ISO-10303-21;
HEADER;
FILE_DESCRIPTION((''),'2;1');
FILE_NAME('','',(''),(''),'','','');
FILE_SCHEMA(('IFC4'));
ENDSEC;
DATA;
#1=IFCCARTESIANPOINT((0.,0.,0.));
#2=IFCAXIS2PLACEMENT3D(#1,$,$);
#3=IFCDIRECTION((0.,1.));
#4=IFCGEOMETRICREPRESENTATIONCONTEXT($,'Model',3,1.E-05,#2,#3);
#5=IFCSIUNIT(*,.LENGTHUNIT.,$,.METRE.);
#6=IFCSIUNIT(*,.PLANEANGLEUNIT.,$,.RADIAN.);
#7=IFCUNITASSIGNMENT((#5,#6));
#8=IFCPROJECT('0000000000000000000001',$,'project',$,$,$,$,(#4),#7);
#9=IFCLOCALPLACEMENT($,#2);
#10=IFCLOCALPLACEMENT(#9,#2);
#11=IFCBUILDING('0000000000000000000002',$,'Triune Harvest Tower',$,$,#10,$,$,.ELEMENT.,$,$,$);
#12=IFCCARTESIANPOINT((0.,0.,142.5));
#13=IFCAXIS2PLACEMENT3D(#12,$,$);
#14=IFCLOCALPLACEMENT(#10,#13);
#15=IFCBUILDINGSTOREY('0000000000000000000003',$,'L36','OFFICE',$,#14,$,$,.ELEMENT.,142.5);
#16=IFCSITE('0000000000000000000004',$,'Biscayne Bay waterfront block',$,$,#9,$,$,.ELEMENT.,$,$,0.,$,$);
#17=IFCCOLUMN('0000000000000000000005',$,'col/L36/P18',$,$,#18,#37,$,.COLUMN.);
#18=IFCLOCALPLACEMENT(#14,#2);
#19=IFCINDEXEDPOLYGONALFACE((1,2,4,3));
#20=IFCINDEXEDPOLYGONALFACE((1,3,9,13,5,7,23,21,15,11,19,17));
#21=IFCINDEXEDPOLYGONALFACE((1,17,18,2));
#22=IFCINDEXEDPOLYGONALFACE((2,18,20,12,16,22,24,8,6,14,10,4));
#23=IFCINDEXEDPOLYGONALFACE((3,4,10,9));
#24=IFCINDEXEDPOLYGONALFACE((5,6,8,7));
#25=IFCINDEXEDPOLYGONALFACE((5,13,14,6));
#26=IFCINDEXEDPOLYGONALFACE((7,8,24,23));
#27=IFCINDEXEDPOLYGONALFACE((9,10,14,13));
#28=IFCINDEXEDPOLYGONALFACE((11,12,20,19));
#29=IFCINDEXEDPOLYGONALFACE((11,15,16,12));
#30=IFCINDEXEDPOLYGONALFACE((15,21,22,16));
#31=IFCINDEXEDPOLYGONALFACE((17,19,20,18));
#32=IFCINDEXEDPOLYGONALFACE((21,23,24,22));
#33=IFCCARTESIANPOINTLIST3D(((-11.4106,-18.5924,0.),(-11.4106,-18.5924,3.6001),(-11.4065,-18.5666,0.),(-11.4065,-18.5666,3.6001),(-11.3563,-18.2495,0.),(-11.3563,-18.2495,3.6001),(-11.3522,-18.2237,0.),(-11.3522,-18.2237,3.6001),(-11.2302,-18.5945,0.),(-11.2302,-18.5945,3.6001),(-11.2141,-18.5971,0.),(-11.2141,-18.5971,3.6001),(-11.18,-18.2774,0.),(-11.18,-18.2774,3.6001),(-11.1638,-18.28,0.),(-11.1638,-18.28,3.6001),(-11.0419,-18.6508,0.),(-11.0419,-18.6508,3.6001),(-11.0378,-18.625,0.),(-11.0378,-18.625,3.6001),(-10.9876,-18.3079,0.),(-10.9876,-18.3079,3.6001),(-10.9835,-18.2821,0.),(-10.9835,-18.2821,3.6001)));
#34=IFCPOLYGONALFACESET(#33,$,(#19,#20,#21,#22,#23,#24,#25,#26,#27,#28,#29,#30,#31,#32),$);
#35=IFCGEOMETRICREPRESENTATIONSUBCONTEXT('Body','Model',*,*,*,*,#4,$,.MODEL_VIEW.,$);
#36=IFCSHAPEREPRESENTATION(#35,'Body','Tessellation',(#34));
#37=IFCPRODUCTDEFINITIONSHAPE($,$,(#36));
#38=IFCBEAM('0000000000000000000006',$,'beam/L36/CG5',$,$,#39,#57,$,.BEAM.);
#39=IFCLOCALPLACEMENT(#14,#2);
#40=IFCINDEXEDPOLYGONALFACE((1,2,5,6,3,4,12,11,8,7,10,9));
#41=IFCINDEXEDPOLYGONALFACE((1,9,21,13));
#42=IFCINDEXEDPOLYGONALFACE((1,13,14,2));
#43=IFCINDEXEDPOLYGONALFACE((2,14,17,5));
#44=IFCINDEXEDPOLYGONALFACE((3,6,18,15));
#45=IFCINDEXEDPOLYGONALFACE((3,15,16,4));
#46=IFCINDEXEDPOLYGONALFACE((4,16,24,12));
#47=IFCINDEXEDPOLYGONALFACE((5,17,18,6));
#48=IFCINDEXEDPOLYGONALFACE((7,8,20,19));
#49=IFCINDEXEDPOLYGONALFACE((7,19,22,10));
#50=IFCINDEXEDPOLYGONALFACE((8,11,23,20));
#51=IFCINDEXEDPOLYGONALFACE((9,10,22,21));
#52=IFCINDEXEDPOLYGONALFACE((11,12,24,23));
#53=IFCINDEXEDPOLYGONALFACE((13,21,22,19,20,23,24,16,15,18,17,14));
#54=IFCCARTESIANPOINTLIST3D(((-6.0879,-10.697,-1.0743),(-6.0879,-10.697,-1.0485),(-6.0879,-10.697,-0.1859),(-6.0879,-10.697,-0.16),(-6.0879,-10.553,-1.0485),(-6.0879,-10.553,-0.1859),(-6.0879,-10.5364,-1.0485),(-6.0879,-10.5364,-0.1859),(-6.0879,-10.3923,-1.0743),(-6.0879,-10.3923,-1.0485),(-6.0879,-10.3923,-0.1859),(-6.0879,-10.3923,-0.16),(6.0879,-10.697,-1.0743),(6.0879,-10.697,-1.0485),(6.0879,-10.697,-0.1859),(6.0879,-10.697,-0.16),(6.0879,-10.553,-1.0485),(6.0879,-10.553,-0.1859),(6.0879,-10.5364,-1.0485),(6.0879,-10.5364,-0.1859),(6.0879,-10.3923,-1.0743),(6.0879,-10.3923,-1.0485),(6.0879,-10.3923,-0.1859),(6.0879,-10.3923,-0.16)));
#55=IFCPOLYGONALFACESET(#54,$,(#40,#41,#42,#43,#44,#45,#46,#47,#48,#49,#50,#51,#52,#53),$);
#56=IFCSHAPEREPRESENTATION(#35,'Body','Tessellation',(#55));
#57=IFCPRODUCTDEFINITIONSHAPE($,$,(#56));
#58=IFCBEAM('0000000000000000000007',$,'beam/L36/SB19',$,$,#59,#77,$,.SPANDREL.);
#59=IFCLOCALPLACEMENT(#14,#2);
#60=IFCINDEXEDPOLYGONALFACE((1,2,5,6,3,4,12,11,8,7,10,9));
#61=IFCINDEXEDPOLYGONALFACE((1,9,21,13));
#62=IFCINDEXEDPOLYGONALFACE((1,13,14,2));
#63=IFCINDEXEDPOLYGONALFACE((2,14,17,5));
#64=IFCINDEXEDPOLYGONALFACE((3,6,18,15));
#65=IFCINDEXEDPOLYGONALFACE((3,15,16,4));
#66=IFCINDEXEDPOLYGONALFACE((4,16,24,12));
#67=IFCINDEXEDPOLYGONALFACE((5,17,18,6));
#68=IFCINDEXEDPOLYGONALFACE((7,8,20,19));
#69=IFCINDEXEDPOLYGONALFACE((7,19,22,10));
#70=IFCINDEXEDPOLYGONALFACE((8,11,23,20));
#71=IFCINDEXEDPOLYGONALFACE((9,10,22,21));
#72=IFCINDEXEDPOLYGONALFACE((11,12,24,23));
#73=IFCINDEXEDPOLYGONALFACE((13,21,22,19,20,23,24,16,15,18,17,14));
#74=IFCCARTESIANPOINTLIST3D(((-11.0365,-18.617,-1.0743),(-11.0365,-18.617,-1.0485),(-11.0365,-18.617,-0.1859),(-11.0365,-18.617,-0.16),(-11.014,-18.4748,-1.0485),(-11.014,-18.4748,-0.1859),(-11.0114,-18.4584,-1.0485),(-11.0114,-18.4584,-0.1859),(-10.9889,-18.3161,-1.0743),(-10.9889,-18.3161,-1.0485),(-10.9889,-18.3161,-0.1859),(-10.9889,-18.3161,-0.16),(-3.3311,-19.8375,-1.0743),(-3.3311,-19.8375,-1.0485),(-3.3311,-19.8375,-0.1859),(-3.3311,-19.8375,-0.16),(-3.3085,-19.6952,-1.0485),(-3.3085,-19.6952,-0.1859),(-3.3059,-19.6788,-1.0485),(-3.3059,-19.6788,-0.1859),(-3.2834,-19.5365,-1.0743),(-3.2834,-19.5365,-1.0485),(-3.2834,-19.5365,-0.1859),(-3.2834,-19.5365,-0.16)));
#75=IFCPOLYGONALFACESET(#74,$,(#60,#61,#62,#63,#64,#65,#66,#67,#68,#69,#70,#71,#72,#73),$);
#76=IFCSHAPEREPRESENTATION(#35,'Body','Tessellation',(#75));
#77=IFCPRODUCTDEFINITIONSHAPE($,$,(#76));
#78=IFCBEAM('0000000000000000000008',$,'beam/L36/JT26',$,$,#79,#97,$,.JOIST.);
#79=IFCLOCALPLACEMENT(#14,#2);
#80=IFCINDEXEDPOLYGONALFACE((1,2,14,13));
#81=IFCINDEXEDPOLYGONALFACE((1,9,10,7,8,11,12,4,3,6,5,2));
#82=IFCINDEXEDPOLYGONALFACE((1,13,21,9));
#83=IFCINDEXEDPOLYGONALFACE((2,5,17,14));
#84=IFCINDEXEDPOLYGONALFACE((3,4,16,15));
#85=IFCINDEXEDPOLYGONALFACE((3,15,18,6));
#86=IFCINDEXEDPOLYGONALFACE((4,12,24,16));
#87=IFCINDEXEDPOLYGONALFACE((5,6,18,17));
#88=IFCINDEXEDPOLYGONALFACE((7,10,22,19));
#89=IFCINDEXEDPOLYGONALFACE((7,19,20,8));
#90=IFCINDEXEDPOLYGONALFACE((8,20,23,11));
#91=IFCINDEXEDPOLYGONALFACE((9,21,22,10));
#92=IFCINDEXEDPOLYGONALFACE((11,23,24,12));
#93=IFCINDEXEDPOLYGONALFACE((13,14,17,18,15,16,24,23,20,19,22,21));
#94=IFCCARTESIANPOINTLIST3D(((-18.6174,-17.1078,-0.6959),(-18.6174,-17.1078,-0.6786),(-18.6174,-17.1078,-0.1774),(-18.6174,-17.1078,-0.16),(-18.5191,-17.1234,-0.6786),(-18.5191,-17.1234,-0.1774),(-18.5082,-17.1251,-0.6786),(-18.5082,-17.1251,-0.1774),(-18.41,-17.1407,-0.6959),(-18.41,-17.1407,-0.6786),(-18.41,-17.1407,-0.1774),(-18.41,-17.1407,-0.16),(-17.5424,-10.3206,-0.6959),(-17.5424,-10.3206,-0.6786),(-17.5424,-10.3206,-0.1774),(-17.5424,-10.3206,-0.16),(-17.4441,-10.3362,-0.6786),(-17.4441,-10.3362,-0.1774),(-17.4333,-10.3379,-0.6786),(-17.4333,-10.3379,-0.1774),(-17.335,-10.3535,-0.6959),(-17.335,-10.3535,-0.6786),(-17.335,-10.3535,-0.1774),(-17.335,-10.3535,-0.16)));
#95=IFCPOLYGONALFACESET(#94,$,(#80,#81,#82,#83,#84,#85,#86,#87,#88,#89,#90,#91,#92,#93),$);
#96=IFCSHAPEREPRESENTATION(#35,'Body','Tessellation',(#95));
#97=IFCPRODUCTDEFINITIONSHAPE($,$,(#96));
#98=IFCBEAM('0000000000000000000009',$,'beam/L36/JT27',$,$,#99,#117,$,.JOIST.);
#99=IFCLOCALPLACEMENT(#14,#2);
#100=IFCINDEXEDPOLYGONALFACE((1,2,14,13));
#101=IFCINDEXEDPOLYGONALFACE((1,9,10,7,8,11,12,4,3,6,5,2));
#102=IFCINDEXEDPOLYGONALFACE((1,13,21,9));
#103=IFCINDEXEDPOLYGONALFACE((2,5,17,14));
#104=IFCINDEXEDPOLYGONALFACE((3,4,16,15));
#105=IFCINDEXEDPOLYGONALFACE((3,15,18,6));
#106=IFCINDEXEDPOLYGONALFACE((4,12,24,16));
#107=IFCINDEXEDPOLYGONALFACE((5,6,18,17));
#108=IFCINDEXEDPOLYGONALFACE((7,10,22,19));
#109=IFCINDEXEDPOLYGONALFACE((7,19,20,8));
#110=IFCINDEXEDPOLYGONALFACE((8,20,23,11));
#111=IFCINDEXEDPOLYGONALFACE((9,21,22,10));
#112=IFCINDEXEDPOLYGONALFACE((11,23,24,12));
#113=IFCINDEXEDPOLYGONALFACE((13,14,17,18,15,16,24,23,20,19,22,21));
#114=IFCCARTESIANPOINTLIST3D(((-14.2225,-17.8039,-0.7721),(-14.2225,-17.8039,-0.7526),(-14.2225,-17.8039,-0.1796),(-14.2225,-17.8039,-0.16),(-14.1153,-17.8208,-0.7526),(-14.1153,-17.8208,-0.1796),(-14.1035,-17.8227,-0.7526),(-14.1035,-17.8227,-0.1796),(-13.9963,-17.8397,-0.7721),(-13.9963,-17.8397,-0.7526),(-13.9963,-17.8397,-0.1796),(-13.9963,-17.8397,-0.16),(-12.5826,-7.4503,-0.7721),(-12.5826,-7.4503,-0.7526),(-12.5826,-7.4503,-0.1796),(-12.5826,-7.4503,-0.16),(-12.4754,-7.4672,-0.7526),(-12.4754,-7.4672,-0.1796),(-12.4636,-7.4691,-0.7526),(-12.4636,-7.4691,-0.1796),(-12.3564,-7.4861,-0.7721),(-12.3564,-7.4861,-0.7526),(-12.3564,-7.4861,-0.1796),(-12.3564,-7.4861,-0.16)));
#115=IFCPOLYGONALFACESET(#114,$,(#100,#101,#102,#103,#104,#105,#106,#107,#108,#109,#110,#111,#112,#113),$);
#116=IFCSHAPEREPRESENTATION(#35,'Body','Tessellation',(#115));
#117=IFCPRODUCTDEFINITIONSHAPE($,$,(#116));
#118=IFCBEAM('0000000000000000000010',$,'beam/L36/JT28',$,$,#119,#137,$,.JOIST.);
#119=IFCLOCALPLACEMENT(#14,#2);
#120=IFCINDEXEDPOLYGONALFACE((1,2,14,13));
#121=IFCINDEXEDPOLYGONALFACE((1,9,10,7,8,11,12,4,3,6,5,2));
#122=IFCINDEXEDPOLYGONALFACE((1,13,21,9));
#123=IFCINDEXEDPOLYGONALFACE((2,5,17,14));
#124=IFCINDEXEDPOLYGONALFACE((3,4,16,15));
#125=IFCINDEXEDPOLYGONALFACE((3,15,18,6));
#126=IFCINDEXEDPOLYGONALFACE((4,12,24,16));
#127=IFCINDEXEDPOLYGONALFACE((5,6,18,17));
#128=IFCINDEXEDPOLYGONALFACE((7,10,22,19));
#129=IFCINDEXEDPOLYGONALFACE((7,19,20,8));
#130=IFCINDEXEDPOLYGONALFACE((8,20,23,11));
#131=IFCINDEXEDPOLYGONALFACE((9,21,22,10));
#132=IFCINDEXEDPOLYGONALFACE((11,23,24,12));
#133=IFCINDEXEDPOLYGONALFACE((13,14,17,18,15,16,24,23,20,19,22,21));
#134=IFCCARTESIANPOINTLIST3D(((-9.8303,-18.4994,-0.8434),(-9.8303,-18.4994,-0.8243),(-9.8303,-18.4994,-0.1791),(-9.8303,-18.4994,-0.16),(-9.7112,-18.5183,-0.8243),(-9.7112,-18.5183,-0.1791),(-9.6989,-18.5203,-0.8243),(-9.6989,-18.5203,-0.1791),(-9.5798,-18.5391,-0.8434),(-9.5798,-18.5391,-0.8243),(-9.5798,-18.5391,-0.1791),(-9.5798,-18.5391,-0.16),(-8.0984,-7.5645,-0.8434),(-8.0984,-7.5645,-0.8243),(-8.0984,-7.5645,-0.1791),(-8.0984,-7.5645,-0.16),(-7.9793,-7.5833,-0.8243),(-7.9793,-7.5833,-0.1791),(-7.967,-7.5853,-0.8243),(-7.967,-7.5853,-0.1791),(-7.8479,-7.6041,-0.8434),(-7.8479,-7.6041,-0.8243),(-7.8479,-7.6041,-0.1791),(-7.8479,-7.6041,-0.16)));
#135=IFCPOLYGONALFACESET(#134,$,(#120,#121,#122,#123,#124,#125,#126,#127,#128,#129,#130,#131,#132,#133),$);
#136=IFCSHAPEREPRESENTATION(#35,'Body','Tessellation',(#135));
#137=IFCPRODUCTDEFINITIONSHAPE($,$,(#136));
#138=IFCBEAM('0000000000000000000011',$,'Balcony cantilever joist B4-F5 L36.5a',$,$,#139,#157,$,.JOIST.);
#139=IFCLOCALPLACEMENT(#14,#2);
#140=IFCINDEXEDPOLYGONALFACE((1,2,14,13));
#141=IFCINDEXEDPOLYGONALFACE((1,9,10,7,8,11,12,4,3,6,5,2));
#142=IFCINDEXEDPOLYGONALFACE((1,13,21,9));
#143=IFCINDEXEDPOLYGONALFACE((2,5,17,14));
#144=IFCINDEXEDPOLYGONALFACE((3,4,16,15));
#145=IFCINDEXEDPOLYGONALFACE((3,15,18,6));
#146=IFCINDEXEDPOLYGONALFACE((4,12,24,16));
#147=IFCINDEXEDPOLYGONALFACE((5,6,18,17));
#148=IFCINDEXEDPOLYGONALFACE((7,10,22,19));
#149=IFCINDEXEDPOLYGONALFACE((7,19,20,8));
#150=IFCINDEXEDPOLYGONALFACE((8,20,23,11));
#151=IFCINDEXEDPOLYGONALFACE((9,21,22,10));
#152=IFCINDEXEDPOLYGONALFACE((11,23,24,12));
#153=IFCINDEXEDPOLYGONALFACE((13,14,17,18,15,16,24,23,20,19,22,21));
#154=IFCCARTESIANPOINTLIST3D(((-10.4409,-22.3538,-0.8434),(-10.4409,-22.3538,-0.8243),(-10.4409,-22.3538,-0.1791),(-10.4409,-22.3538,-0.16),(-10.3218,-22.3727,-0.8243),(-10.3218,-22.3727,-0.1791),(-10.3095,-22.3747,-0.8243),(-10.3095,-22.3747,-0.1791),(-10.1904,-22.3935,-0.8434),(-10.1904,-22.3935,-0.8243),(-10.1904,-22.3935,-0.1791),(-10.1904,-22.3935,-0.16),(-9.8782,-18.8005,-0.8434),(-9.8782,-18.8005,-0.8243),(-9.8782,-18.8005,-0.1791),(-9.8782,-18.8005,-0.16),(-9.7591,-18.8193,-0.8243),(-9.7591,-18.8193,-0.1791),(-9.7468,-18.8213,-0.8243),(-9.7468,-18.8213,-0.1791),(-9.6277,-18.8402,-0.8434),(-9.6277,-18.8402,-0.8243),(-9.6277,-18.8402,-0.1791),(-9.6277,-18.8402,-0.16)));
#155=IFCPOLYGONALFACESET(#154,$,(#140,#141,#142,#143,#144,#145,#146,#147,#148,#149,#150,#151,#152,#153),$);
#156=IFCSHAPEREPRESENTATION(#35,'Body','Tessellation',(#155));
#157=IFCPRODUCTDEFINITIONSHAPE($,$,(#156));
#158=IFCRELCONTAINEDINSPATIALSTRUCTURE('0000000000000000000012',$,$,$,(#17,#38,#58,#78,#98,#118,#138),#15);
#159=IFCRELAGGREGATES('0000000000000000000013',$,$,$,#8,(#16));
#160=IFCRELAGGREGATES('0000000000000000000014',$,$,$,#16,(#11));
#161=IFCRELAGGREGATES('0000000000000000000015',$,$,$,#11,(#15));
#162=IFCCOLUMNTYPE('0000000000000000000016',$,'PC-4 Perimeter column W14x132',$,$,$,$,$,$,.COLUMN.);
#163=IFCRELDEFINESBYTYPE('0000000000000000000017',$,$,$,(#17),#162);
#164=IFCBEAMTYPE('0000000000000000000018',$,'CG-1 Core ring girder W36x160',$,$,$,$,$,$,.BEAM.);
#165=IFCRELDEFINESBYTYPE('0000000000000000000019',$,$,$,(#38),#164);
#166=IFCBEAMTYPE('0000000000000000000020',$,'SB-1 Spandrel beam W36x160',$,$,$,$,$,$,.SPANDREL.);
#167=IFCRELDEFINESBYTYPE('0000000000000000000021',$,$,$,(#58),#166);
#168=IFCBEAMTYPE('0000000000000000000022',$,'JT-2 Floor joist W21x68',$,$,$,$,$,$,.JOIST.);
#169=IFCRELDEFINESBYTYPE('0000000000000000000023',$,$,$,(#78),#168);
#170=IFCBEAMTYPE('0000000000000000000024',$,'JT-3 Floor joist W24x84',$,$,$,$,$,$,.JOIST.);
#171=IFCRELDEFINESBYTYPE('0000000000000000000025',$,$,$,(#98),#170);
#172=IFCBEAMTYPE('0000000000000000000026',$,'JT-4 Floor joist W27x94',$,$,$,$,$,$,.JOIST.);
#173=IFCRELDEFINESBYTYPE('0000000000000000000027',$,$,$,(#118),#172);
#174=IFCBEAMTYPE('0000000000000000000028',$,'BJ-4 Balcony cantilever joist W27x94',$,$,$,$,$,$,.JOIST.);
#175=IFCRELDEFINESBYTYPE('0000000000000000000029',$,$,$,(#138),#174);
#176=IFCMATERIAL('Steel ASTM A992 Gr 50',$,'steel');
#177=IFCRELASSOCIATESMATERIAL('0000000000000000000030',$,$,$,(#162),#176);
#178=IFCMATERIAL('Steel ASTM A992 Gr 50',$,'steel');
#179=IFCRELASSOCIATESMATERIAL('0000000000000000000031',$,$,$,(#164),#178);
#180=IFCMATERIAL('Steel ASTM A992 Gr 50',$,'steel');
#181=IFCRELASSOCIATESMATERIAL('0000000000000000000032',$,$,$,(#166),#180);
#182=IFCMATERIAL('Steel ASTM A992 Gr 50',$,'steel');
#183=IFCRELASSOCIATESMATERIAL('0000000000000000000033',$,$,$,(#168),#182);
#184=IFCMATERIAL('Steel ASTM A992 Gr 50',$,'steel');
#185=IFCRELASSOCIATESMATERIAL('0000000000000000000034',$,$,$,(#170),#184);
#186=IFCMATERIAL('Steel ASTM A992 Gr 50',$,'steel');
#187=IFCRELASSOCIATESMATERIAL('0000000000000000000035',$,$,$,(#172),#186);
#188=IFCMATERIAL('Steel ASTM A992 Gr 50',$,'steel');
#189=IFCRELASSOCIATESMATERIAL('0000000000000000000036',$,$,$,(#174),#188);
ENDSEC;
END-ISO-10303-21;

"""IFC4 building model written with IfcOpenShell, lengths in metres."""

from ifc_helpers import new_model, si_unit, direction, frame, origin, origin_2d, place, context, subcontext, project, spatial, i_section, extrude, source, transform, mapped, material, material_profile, profile_set, type_object, element, save


model = new_model("IFC4")

# Units and contexts
model_context = context("Model", 3, precision=1e-05, world=origin(), true_north=direction((0.0, 1.0)))
body_context = subcontext(model_context, "Body", "Model", "MODEL_VIEW")
ifc_project = project(units=[si_unit("LENGTHUNIT", "METRE"), si_unit("PLANEANGLEUNIT", "RADIAN")], contexts=[model_context])

# Site, building, storey
site_placement = place(None, origin())
site = spatial("IfcSite", under=ifc_project, at=site_placement, Name="Biscayne Bay waterfront block", CompositionType="ELEMENT", RefElevation=0.0)
building_placement = place(site_placement, origin())
building = spatial("IfcBuilding", under=site, at=building_placement, Name="Triune Harvest Tower", CompositionType="ELEMENT")
storey_placement = place(building_placement, frame((0.0, 0.0, 142.5)))
storey = spatial("IfcBuildingStorey", under=building, at=storey_placement, Name="L36", Description="OFFICE", CompositionType="ELEMENT", Elevation=142.5)

# Column
ifc_material_1 = material(Name="Steel ASTM A992 Gr 50", Category="steel")
ifc_material_profile_1 = material_profile(ifc_material_1, i_section(OverallWidth=0.3733, OverallDepth=0.3733, WebThickness=0.0164, FlangeThickness=0.0261, at=origin_2d()), Name="W14x132")
ifc_profile_set_1 = profile_set([ifc_material_profile_1], Name="Steel ASTM A992 Gr 50")
column_type = type_object("IfcColumnType", Name="PC-4 Perimeter column W14x132", PredefinedType="COLUMN", material=ifc_profile_set_1)
shared_shape_1 = source(origin(), body_context, "Body", "SweptSolid", [
    extrude(i_section(OverallWidth=0.3733, OverallDepth=0.3733, WebThickness=0.0164, FlangeThickness=0.0261, at=origin_2d()), origin(), (0.0, 0.0, 1.0), 3.6001),
])
column_placement = place(storey_placement, frame((-11.197, -18.4373, 0.0), z_axis=(0.0, 0.0, 1.0), x_axis=(0.987688, -0.156434, 0.0)))
element("IfcColumn", 1, at=column_placement, inside=storey, type_object=column_type, Name="col/L36/P18", PredefinedType="COLUMN", context=body_context, shape_type="MappedRepresentation", body=[
    mapped(shared_shape_1, transform((0.0, 0.0, 0.0), scale=1.0)),
])

# Beams
ifc_material_2 = material(Name="Steel ASTM A992 Gr 50", Category="steel")
ifc_material_profile_2 = material_profile(ifc_material_2, i_section(OverallWidth=0.3047, OverallDepth=0.9143, WebThickness=0.0166, FlangeThickness=0.0259, at=origin_2d()), Name="W36x160")
ifc_profile_set_2 = profile_set([ifc_material_profile_2], Name="Steel ASTM A992 Gr 50")
beam_type_1 = type_object("IfcBeamType", Name="CG-1 Core ring girder W36x160", PredefinedType="BEAM", material=ifc_profile_set_2)
shared_shape_2 = source(origin(), body_context, "Body", "SweptSolid", [
    extrude(i_section(OverallWidth=0.3047, OverallDepth=0.9143, WebThickness=0.0166, FlangeThickness=0.0259, at=origin_2d()), origin(), (0.0, 0.0, 1.0), 12.1758),
])
beam_1_placement = place(storey_placement, frame((-6.0879, -10.5447, -0.6172), z_axis=(1.0, 0.0, 0.0), x_axis=(0.0, 1.0, 0.0)))
element("IfcBeam", 2, at=beam_1_placement, inside=storey, type_object=beam_type_1, Name="beam/L36/CG5", PredefinedType="BEAM", context=body_context, shape_type="MappedRepresentation", body=[
    mapped(shared_shape_2, transform((0.0, 0.0, 0.0), scale=1.0)),
])
ifc_material_3 = material(Name="Steel ASTM A992 Gr 50", Category="steel")
ifc_material_profile_3 = material_profile(ifc_material_3, i_section(OverallWidth=0.3047, OverallDepth=0.9143, WebThickness=0.0166, FlangeThickness=0.0259, at=origin_2d()), Name="W36x160")
ifc_profile_set_3 = profile_set([ifc_material_profile_3], Name="Steel ASTM A992 Gr 50")
beam_type_2 = type_object("IfcBeamType", Name="SB-1 Spandrel beam W36x160", PredefinedType="SPANDREL", material=ifc_profile_set_3)
shared_shape_3 = source(origin(), body_context, "Body", "SweptSolid", [
    extrude(i_section(OverallWidth=0.3047, OverallDepth=0.9143, WebThickness=0.0166, FlangeThickness=0.0259, at=origin_2d()), origin(), (0.0, 0.0, 1.0), 7.8015),
])
beam_2_placement = place(storey_placement, frame((-11.0127, -18.4666, -0.6172), z_axis=(0.987688, -0.156437, 0.0), x_axis=(0.156437, 0.987688, 0.0)))
element("IfcBeam", 3, at=beam_2_placement, inside=storey, type_object=beam_type_2, Name="beam/L36/SB19", PredefinedType="SPANDREL", context=body_context, shape_type="MappedRepresentation", body=[
    mapped(shared_shape_3, transform((0.0, 0.0, 0.0), scale=1.0)),
])
ifc_material_4 = material(Name="Steel ASTM A992 Gr 50", Category="steel")
ifc_material_profile_4 = material_profile(ifc_material_4, i_section(OverallWidth=0.21, OverallDepth=0.5359, WebThickness=0.011, FlangeThickness=0.0173, at=origin_2d()), Name="W21x68")
ifc_profile_set_4 = profile_set([ifc_material_profile_4], Name="Steel ASTM A992 Gr 50")
beam_type_3 = type_object("IfcBeamType", Name="JT-2 Floor joist W21x68", PredefinedType="JOIST", material=ifc_profile_set_4)
shared_shape_4 = source(origin(), body_context, "Body", "SweptSolid", [
    extrude(i_section(OverallWidth=0.21, OverallDepth=0.5359, WebThickness=0.011, FlangeThickness=0.0173, at=origin_2d()), origin(), (0.0, 0.0, 1.0), 6.8718),
])
beam_3_placement = place(storey_placement, frame((-18.5137, -17.1243, -0.428), z_axis=(0.156431, 0.987689, 0.0), x_axis=(-0.987689, 0.156431, 0.0)))
element("IfcBeam", 4, at=beam_3_placement, inside=storey, type_object=beam_type_3, Name="beam/L36/JT26", PredefinedType="JOIST", context=body_context, shape_type="MappedRepresentation", body=[
    mapped(shared_shape_4, transform((0.0, 0.0, 0.0), scale=1.0)),
])
ifc_material_5 = material(Name="Steel ASTM A992 Gr 50", Category="steel")
ifc_material_profile_5 = material_profile(ifc_material_5, i_section(OverallWidth=0.229, OverallDepth=0.6121, WebThickness=0.012, FlangeThickness=0.0195, at=origin_2d()), Name="W24x84")
ifc_profile_set_5 = profile_set([ifc_material_profile_5], Name="Steel ASTM A992 Gr 50")
beam_type_4 = type_object("IfcBeamType", Name="JT-3 Floor joist W24x84", PredefinedType="JOIST", material=ifc_profile_set_5)
shared_shape_5 = source(origin(), body_context, "Body", "SweptSolid", [
    extrude(i_section(OverallWidth=0.229, OverallDepth=0.6121, WebThickness=0.012, FlangeThickness=0.0195, at=origin_2d()), origin(), (0.0, 0.0, 1.0), 10.4827),
])
beam_4_placement = place(storey_placement, frame((-14.1094, -17.8218, -0.4661), z_axis=(0.15644, 0.987688, 0.0), x_axis=(-0.987688, 0.15644, 0.0)))
element("IfcBeam", 5, at=beam_4_placement, inside=storey, type_object=beam_type_4, Name="beam/L36/JT27", PredefinedType="JOIST", context=body_context, shape_type="MappedRepresentation", body=[
    mapped(shared_shape_5, transform((0.0, 0.0, 0.0), scale=1.0)),
])
ifc_material_6 = material(Name="Steel ASTM A992 Gr 50", Category="steel")
ifc_material_profile_6 = material_profile(ifc_material_6, i_section(OverallWidth=0.2537, OverallDepth=0.6833, WebThickness=0.0125, FlangeThickness=0.019, at=origin_2d()), Name="W27x94")
ifc_profile_set_6 = profile_set([ifc_material_profile_6], Name="Steel ASTM A992 Gr 50")
beam_type_5 = type_object("IfcBeamType", Name="JT-4 Floor joist W27x94", PredefinedType="JOIST", material=ifc_profile_set_6)
shared_shape_6 = source(origin(), body_context, "Body", "SweptSolid", [
    extrude(i_section(OverallWidth=0.2537, OverallDepth=0.6833, WebThickness=0.0125, FlangeThickness=0.019, at=origin_2d()), origin(), (0.0, 0.0, 1.0), 11.0713),
])
beam_5_placement = place(storey_placement, frame((-9.7051, -18.5193, -0.5017), z_axis=(0.156434, 0.987688, 0.0), x_axis=(-0.987688, 0.156434, 0.0)))
element("IfcBeam", 6, at=beam_5_placement, inside=storey, type_object=beam_type_5, Name="beam/L36/JT28", PredefinedType="JOIST", context=body_context, shape_type="MappedRepresentation", body=[
    mapped(shared_shape_6, transform((0.0, 0.0, 0.0), scale=1.0)),
])
ifc_material_7 = material(Name="Steel ASTM A992 Gr 50", Category="steel")
ifc_material_profile_7 = material_profile(ifc_material_7, i_section(OverallWidth=0.2537, OverallDepth=0.6833, WebThickness=0.0125, FlangeThickness=0.019, at=origin_2d()), Name="W27x94")
ifc_profile_set_7 = profile_set([ifc_material_profile_7], Name="Steel ASTM A992 Gr 50")
beam_type_6 = type_object("IfcBeamType", Name="BJ-4 Balcony cantilever joist W27x94", PredefinedType="JOIST", material=ifc_profile_set_7)
shared_shape_7 = source(origin(), body_context, "Body", "SweptSolid", [
    extrude(i_section(OverallWidth=0.2537, OverallDepth=0.6833, WebThickness=0.0125, FlangeThickness=0.019, at=origin_2d()), origin(), (0.0, 0.0, 1.0), 3.5977),
])
beam_6_placement = place(storey_placement, frame((-9.7529, -18.8203, -0.5017), z_axis=(-0.156416, -0.987691, 0.0), x_axis=(0.987691, -0.156416, 0.0)))
element("IfcBeam", 7, at=beam_6_placement, inside=storey, type_object=beam_type_6, Name="Balcony cantilever joist B4-F5 L36.5a", PredefinedType="JOIST", context=body_context, shape_type="MappedRepresentation", body=[
    mapped(shared_shape_7, transform((0.0, 0.0, 0.0), scale=1.0)),
])

save(model, "model.ifc")
